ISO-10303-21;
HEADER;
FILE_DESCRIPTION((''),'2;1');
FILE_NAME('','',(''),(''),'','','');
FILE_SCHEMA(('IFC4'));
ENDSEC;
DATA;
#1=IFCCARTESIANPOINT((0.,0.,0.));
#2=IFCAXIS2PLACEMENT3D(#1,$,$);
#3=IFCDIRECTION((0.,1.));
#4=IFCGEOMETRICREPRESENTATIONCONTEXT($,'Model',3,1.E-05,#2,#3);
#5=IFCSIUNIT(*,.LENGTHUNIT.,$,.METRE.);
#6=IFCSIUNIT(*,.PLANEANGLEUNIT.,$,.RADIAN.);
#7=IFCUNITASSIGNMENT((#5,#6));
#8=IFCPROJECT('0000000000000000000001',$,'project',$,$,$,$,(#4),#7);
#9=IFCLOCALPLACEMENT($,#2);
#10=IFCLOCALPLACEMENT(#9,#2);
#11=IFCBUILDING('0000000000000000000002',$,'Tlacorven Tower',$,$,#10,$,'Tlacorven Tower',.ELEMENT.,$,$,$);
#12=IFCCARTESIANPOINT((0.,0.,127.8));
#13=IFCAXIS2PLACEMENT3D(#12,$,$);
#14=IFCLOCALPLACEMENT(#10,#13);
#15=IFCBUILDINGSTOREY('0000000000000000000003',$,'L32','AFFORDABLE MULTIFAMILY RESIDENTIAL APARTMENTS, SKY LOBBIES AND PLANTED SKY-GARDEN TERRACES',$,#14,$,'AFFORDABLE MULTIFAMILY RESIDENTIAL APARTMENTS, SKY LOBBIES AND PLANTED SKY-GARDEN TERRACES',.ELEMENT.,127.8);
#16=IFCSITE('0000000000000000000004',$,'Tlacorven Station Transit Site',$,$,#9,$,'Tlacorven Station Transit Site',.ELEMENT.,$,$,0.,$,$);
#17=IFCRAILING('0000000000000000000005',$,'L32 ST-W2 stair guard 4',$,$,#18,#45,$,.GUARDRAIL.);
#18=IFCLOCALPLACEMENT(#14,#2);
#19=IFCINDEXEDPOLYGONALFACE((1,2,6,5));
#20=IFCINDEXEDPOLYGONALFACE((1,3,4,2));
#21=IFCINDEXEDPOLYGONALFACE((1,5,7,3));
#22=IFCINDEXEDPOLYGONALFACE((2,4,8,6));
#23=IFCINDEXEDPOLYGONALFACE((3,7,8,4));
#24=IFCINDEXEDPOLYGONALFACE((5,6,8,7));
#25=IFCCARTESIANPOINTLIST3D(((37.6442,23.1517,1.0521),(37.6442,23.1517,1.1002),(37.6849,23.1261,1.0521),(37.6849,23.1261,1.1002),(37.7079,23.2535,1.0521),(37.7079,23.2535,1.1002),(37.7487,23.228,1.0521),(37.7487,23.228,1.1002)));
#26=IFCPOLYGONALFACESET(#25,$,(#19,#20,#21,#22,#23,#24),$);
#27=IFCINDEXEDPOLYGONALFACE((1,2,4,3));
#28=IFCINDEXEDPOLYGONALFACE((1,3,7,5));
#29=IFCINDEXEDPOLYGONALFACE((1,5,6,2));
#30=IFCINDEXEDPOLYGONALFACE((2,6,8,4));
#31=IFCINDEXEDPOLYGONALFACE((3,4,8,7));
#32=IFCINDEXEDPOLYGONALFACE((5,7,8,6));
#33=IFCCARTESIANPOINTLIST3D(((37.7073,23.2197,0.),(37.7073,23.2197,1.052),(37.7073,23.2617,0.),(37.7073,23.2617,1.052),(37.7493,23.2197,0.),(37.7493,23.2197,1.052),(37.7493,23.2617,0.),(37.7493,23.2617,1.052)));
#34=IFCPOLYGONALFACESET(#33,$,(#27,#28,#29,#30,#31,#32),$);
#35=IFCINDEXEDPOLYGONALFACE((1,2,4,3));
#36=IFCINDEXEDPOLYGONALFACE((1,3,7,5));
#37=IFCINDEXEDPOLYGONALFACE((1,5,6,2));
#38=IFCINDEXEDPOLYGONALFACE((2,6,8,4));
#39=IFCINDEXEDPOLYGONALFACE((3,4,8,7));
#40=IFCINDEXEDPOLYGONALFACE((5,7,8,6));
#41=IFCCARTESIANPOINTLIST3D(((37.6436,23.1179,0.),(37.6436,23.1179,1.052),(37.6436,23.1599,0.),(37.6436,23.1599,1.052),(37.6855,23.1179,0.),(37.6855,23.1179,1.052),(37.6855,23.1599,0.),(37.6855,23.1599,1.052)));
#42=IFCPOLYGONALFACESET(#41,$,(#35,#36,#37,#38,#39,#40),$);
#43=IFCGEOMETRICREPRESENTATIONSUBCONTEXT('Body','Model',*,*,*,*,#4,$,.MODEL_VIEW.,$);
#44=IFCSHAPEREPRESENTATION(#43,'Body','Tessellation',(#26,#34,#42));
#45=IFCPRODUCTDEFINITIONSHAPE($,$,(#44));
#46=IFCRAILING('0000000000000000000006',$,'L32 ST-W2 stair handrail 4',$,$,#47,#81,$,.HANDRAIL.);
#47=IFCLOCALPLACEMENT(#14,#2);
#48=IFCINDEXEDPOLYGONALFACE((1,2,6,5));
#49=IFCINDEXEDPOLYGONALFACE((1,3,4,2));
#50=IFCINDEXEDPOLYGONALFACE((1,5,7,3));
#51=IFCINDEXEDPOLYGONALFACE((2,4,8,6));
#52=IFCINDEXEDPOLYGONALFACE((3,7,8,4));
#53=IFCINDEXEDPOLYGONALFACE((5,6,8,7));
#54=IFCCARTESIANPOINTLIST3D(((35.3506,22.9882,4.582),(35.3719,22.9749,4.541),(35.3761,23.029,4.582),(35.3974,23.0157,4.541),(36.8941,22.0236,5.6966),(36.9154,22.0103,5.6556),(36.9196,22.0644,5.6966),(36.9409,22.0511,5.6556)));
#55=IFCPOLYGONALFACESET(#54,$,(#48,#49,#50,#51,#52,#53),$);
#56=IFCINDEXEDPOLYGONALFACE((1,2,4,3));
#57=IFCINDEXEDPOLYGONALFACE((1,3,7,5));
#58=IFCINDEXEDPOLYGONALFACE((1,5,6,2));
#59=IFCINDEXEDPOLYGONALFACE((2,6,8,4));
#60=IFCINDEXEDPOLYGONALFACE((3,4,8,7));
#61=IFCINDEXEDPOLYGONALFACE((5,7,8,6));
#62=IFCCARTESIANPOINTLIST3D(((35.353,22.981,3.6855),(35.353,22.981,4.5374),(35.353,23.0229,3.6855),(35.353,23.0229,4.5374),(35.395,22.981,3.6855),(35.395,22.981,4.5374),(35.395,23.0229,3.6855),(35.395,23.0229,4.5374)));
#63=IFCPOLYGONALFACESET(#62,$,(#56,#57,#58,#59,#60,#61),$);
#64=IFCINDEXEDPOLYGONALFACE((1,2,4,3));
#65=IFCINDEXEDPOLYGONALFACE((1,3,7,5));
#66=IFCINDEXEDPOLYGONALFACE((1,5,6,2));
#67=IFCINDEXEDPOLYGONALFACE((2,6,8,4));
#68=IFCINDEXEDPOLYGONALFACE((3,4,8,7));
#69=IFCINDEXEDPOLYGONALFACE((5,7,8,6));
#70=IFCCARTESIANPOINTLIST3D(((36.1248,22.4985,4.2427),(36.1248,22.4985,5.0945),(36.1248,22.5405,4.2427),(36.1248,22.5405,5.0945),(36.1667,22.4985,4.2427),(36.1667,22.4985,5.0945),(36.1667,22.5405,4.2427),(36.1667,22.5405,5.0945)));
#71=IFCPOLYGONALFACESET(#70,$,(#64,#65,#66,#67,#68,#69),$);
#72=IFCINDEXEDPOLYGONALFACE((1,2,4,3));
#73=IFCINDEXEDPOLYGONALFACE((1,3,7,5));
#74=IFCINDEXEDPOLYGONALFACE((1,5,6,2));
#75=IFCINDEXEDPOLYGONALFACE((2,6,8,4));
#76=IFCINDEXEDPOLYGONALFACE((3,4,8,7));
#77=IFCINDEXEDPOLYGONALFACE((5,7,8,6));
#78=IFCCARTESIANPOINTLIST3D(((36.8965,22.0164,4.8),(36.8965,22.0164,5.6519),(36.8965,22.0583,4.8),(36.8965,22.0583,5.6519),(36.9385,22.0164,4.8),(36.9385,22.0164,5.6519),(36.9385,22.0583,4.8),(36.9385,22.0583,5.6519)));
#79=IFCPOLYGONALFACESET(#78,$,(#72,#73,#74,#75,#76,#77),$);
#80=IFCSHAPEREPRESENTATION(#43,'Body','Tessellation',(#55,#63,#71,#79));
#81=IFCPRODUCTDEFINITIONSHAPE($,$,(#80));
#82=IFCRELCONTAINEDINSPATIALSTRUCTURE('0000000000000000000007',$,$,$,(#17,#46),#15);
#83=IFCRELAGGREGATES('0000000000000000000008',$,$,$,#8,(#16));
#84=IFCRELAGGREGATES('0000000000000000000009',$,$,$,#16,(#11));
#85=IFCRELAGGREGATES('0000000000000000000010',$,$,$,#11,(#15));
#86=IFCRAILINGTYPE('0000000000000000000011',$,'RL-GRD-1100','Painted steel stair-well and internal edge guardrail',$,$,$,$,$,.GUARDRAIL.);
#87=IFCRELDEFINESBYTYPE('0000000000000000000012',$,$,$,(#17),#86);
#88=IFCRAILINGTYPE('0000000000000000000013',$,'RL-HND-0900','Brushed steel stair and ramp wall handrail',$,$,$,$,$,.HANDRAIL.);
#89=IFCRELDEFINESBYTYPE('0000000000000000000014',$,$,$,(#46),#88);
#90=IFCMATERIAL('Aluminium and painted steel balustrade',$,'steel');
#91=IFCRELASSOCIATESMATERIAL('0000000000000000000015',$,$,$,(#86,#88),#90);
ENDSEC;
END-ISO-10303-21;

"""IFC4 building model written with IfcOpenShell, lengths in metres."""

from ifc_helpers import new_model, si_unit, direction, frame, origin, origin_2d, place, context, subcontext, project, spatial, rectangle, extrude, source, transform, mapped, material, type_object, element, save


model = new_model("IFC4")

# Units and contexts
model_context = context("Model", 3, precision=1e-05, world=origin(), true_north=direction((0.0, 1.0)))
body_context = subcontext(model_context, "Body", "Model", "MODEL_VIEW")
ifc_project = project(units=[si_unit("LENGTHUNIT", "METRE"), si_unit("PLANEANGLEUNIT", "RADIAN")], contexts=[model_context])

# Site, building, storey
site_placement = place(None, origin())
site = spatial("IfcSite", under=ifc_project, at=site_placement, Name="Tlacorven Station Transit Site", LongName="Tlacorven Station Transit Site", CompositionType="ELEMENT", RefElevation=0.0)
building_placement = place(site_placement, origin())
building = spatial("IfcBuilding", under=site, at=building_placement, Name="Tlacorven Tower", LongName="Tlacorven Tower", CompositionType="ELEMENT")
storey_placement = place(building_placement, frame((0.0, 0.0, 127.8)))
storey = spatial("IfcBuildingStorey", under=building, at=storey_placement, Name="L32", Description="AFFORDABLE MULTIFAMILY RESIDENTIAL APARTMENTS, SKY LOBBIES AND PLANTED SKY-GARDEN TERRACES", LongName="AFFORDABLE MULTIFAMILY RESIDENTIAL APARTMENTS, SKY LOBBIES AND PLANTED SKY-GARDEN TERRACES", CompositionType="ELEMENT", Elevation=127.8)

# Railings
ifc_material_1 = material(Name="Aluminium and painted steel balustrade", Category="steel")
railing_type_1 = type_object("IfcRailingType", Name="RL-GRD-1100", Description="Painted steel stair-well and internal edge guardrail", PredefinedType="GUARDRAIL", material=ifc_material_1)
railing_type_2 = type_object("IfcRailingType", Name="RL-HND-0900", Description="Brushed steel stair and ramp wall handrail", PredefinedType="HANDRAIL", material=ifc_material_1)
shared_shape_1 = source(origin(), body_context, "Body", "SweptSolid", [
    extrude(rectangle(XDim=0.0481, YDim=0.0481, at=origin_2d()), frame((0.0, 0.0, 1.0762), z_axis=(-0.530547, -0.847656, 0.0), x_axis=(0.847656, -0.530547, 0.0)), (0.0, 0.0, 1.0), 0.1201),
    extrude(rectangle(XDim=0.042, YDim=0.042, at=origin_2d()), origin(), (0.0, 0.0, 1.0), 1.052),
    extrude(rectangle(XDim=0.042, YDim=0.042, at=origin_2d()), frame((-0.0637, -0.1018, 0.0)), (0.0, 0.0, 1.0), 1.052),
])
railing_1_placement = place(storey_placement, frame((37.7283, 23.2407, 0.0)))
element("IfcRailing", 1, at=railing_1_placement, inside=storey, type_object=railing_type_1, Name="L32 ST-W2 stair guard 4", PredefinedType="GUARDRAIL", context=body_context, shape_type="MappedRepresentation", body=[
    mapped(shared_shape_1, transform((0.0, 0.0, 0.0), scale=1.0)),
])
shared_shape_2 = source(origin(), body_context, "Body", "SweptSolid", [
    extrude(rectangle(XDim=0.0481, YDim=0.0481, at=origin_2d()), frame((0.0, 0.0, 0.876), z_axis=(0.7232, -0.451972, 0.52221), x_axis=(0.529975, 0.848013, 0.0)), (0.0, 0.0, 1.0), 2.1343),
    extrude(rectangle(XDim=0.042, YDim=0.042, at=origin_2d()), origin(), (0.0, 0.0, 1.0), 0.8518),
    extrude(rectangle(XDim=0.042, YDim=0.042, at=origin_2d()), frame((0.7717, -0.4824, 0.5571)), (0.0, 0.0, 1.0), 0.8518),
    extrude(rectangle(XDim=0.042, YDim=0.042, at=origin_2d()), frame((1.5435, -0.9646, 1.1145)), (0.0, 0.0, 1.0), 0.8518),
])
railing_2_placement = place(storey_placement, frame((35.374, 23.002, 3.6855)))
element("IfcRailing", 2, at=railing_2_placement, inside=storey, type_object=railing_type_2, Name="L32 ST-W2 stair handrail 4", PredefinedType="HANDRAIL", context=body_context, shape_type="MappedRepresentation", body=[
    mapped(shared_shape_2, transform((0.0, 0.0, 0.0), scale=1.0)),
])

save(model, "model.ifc")
